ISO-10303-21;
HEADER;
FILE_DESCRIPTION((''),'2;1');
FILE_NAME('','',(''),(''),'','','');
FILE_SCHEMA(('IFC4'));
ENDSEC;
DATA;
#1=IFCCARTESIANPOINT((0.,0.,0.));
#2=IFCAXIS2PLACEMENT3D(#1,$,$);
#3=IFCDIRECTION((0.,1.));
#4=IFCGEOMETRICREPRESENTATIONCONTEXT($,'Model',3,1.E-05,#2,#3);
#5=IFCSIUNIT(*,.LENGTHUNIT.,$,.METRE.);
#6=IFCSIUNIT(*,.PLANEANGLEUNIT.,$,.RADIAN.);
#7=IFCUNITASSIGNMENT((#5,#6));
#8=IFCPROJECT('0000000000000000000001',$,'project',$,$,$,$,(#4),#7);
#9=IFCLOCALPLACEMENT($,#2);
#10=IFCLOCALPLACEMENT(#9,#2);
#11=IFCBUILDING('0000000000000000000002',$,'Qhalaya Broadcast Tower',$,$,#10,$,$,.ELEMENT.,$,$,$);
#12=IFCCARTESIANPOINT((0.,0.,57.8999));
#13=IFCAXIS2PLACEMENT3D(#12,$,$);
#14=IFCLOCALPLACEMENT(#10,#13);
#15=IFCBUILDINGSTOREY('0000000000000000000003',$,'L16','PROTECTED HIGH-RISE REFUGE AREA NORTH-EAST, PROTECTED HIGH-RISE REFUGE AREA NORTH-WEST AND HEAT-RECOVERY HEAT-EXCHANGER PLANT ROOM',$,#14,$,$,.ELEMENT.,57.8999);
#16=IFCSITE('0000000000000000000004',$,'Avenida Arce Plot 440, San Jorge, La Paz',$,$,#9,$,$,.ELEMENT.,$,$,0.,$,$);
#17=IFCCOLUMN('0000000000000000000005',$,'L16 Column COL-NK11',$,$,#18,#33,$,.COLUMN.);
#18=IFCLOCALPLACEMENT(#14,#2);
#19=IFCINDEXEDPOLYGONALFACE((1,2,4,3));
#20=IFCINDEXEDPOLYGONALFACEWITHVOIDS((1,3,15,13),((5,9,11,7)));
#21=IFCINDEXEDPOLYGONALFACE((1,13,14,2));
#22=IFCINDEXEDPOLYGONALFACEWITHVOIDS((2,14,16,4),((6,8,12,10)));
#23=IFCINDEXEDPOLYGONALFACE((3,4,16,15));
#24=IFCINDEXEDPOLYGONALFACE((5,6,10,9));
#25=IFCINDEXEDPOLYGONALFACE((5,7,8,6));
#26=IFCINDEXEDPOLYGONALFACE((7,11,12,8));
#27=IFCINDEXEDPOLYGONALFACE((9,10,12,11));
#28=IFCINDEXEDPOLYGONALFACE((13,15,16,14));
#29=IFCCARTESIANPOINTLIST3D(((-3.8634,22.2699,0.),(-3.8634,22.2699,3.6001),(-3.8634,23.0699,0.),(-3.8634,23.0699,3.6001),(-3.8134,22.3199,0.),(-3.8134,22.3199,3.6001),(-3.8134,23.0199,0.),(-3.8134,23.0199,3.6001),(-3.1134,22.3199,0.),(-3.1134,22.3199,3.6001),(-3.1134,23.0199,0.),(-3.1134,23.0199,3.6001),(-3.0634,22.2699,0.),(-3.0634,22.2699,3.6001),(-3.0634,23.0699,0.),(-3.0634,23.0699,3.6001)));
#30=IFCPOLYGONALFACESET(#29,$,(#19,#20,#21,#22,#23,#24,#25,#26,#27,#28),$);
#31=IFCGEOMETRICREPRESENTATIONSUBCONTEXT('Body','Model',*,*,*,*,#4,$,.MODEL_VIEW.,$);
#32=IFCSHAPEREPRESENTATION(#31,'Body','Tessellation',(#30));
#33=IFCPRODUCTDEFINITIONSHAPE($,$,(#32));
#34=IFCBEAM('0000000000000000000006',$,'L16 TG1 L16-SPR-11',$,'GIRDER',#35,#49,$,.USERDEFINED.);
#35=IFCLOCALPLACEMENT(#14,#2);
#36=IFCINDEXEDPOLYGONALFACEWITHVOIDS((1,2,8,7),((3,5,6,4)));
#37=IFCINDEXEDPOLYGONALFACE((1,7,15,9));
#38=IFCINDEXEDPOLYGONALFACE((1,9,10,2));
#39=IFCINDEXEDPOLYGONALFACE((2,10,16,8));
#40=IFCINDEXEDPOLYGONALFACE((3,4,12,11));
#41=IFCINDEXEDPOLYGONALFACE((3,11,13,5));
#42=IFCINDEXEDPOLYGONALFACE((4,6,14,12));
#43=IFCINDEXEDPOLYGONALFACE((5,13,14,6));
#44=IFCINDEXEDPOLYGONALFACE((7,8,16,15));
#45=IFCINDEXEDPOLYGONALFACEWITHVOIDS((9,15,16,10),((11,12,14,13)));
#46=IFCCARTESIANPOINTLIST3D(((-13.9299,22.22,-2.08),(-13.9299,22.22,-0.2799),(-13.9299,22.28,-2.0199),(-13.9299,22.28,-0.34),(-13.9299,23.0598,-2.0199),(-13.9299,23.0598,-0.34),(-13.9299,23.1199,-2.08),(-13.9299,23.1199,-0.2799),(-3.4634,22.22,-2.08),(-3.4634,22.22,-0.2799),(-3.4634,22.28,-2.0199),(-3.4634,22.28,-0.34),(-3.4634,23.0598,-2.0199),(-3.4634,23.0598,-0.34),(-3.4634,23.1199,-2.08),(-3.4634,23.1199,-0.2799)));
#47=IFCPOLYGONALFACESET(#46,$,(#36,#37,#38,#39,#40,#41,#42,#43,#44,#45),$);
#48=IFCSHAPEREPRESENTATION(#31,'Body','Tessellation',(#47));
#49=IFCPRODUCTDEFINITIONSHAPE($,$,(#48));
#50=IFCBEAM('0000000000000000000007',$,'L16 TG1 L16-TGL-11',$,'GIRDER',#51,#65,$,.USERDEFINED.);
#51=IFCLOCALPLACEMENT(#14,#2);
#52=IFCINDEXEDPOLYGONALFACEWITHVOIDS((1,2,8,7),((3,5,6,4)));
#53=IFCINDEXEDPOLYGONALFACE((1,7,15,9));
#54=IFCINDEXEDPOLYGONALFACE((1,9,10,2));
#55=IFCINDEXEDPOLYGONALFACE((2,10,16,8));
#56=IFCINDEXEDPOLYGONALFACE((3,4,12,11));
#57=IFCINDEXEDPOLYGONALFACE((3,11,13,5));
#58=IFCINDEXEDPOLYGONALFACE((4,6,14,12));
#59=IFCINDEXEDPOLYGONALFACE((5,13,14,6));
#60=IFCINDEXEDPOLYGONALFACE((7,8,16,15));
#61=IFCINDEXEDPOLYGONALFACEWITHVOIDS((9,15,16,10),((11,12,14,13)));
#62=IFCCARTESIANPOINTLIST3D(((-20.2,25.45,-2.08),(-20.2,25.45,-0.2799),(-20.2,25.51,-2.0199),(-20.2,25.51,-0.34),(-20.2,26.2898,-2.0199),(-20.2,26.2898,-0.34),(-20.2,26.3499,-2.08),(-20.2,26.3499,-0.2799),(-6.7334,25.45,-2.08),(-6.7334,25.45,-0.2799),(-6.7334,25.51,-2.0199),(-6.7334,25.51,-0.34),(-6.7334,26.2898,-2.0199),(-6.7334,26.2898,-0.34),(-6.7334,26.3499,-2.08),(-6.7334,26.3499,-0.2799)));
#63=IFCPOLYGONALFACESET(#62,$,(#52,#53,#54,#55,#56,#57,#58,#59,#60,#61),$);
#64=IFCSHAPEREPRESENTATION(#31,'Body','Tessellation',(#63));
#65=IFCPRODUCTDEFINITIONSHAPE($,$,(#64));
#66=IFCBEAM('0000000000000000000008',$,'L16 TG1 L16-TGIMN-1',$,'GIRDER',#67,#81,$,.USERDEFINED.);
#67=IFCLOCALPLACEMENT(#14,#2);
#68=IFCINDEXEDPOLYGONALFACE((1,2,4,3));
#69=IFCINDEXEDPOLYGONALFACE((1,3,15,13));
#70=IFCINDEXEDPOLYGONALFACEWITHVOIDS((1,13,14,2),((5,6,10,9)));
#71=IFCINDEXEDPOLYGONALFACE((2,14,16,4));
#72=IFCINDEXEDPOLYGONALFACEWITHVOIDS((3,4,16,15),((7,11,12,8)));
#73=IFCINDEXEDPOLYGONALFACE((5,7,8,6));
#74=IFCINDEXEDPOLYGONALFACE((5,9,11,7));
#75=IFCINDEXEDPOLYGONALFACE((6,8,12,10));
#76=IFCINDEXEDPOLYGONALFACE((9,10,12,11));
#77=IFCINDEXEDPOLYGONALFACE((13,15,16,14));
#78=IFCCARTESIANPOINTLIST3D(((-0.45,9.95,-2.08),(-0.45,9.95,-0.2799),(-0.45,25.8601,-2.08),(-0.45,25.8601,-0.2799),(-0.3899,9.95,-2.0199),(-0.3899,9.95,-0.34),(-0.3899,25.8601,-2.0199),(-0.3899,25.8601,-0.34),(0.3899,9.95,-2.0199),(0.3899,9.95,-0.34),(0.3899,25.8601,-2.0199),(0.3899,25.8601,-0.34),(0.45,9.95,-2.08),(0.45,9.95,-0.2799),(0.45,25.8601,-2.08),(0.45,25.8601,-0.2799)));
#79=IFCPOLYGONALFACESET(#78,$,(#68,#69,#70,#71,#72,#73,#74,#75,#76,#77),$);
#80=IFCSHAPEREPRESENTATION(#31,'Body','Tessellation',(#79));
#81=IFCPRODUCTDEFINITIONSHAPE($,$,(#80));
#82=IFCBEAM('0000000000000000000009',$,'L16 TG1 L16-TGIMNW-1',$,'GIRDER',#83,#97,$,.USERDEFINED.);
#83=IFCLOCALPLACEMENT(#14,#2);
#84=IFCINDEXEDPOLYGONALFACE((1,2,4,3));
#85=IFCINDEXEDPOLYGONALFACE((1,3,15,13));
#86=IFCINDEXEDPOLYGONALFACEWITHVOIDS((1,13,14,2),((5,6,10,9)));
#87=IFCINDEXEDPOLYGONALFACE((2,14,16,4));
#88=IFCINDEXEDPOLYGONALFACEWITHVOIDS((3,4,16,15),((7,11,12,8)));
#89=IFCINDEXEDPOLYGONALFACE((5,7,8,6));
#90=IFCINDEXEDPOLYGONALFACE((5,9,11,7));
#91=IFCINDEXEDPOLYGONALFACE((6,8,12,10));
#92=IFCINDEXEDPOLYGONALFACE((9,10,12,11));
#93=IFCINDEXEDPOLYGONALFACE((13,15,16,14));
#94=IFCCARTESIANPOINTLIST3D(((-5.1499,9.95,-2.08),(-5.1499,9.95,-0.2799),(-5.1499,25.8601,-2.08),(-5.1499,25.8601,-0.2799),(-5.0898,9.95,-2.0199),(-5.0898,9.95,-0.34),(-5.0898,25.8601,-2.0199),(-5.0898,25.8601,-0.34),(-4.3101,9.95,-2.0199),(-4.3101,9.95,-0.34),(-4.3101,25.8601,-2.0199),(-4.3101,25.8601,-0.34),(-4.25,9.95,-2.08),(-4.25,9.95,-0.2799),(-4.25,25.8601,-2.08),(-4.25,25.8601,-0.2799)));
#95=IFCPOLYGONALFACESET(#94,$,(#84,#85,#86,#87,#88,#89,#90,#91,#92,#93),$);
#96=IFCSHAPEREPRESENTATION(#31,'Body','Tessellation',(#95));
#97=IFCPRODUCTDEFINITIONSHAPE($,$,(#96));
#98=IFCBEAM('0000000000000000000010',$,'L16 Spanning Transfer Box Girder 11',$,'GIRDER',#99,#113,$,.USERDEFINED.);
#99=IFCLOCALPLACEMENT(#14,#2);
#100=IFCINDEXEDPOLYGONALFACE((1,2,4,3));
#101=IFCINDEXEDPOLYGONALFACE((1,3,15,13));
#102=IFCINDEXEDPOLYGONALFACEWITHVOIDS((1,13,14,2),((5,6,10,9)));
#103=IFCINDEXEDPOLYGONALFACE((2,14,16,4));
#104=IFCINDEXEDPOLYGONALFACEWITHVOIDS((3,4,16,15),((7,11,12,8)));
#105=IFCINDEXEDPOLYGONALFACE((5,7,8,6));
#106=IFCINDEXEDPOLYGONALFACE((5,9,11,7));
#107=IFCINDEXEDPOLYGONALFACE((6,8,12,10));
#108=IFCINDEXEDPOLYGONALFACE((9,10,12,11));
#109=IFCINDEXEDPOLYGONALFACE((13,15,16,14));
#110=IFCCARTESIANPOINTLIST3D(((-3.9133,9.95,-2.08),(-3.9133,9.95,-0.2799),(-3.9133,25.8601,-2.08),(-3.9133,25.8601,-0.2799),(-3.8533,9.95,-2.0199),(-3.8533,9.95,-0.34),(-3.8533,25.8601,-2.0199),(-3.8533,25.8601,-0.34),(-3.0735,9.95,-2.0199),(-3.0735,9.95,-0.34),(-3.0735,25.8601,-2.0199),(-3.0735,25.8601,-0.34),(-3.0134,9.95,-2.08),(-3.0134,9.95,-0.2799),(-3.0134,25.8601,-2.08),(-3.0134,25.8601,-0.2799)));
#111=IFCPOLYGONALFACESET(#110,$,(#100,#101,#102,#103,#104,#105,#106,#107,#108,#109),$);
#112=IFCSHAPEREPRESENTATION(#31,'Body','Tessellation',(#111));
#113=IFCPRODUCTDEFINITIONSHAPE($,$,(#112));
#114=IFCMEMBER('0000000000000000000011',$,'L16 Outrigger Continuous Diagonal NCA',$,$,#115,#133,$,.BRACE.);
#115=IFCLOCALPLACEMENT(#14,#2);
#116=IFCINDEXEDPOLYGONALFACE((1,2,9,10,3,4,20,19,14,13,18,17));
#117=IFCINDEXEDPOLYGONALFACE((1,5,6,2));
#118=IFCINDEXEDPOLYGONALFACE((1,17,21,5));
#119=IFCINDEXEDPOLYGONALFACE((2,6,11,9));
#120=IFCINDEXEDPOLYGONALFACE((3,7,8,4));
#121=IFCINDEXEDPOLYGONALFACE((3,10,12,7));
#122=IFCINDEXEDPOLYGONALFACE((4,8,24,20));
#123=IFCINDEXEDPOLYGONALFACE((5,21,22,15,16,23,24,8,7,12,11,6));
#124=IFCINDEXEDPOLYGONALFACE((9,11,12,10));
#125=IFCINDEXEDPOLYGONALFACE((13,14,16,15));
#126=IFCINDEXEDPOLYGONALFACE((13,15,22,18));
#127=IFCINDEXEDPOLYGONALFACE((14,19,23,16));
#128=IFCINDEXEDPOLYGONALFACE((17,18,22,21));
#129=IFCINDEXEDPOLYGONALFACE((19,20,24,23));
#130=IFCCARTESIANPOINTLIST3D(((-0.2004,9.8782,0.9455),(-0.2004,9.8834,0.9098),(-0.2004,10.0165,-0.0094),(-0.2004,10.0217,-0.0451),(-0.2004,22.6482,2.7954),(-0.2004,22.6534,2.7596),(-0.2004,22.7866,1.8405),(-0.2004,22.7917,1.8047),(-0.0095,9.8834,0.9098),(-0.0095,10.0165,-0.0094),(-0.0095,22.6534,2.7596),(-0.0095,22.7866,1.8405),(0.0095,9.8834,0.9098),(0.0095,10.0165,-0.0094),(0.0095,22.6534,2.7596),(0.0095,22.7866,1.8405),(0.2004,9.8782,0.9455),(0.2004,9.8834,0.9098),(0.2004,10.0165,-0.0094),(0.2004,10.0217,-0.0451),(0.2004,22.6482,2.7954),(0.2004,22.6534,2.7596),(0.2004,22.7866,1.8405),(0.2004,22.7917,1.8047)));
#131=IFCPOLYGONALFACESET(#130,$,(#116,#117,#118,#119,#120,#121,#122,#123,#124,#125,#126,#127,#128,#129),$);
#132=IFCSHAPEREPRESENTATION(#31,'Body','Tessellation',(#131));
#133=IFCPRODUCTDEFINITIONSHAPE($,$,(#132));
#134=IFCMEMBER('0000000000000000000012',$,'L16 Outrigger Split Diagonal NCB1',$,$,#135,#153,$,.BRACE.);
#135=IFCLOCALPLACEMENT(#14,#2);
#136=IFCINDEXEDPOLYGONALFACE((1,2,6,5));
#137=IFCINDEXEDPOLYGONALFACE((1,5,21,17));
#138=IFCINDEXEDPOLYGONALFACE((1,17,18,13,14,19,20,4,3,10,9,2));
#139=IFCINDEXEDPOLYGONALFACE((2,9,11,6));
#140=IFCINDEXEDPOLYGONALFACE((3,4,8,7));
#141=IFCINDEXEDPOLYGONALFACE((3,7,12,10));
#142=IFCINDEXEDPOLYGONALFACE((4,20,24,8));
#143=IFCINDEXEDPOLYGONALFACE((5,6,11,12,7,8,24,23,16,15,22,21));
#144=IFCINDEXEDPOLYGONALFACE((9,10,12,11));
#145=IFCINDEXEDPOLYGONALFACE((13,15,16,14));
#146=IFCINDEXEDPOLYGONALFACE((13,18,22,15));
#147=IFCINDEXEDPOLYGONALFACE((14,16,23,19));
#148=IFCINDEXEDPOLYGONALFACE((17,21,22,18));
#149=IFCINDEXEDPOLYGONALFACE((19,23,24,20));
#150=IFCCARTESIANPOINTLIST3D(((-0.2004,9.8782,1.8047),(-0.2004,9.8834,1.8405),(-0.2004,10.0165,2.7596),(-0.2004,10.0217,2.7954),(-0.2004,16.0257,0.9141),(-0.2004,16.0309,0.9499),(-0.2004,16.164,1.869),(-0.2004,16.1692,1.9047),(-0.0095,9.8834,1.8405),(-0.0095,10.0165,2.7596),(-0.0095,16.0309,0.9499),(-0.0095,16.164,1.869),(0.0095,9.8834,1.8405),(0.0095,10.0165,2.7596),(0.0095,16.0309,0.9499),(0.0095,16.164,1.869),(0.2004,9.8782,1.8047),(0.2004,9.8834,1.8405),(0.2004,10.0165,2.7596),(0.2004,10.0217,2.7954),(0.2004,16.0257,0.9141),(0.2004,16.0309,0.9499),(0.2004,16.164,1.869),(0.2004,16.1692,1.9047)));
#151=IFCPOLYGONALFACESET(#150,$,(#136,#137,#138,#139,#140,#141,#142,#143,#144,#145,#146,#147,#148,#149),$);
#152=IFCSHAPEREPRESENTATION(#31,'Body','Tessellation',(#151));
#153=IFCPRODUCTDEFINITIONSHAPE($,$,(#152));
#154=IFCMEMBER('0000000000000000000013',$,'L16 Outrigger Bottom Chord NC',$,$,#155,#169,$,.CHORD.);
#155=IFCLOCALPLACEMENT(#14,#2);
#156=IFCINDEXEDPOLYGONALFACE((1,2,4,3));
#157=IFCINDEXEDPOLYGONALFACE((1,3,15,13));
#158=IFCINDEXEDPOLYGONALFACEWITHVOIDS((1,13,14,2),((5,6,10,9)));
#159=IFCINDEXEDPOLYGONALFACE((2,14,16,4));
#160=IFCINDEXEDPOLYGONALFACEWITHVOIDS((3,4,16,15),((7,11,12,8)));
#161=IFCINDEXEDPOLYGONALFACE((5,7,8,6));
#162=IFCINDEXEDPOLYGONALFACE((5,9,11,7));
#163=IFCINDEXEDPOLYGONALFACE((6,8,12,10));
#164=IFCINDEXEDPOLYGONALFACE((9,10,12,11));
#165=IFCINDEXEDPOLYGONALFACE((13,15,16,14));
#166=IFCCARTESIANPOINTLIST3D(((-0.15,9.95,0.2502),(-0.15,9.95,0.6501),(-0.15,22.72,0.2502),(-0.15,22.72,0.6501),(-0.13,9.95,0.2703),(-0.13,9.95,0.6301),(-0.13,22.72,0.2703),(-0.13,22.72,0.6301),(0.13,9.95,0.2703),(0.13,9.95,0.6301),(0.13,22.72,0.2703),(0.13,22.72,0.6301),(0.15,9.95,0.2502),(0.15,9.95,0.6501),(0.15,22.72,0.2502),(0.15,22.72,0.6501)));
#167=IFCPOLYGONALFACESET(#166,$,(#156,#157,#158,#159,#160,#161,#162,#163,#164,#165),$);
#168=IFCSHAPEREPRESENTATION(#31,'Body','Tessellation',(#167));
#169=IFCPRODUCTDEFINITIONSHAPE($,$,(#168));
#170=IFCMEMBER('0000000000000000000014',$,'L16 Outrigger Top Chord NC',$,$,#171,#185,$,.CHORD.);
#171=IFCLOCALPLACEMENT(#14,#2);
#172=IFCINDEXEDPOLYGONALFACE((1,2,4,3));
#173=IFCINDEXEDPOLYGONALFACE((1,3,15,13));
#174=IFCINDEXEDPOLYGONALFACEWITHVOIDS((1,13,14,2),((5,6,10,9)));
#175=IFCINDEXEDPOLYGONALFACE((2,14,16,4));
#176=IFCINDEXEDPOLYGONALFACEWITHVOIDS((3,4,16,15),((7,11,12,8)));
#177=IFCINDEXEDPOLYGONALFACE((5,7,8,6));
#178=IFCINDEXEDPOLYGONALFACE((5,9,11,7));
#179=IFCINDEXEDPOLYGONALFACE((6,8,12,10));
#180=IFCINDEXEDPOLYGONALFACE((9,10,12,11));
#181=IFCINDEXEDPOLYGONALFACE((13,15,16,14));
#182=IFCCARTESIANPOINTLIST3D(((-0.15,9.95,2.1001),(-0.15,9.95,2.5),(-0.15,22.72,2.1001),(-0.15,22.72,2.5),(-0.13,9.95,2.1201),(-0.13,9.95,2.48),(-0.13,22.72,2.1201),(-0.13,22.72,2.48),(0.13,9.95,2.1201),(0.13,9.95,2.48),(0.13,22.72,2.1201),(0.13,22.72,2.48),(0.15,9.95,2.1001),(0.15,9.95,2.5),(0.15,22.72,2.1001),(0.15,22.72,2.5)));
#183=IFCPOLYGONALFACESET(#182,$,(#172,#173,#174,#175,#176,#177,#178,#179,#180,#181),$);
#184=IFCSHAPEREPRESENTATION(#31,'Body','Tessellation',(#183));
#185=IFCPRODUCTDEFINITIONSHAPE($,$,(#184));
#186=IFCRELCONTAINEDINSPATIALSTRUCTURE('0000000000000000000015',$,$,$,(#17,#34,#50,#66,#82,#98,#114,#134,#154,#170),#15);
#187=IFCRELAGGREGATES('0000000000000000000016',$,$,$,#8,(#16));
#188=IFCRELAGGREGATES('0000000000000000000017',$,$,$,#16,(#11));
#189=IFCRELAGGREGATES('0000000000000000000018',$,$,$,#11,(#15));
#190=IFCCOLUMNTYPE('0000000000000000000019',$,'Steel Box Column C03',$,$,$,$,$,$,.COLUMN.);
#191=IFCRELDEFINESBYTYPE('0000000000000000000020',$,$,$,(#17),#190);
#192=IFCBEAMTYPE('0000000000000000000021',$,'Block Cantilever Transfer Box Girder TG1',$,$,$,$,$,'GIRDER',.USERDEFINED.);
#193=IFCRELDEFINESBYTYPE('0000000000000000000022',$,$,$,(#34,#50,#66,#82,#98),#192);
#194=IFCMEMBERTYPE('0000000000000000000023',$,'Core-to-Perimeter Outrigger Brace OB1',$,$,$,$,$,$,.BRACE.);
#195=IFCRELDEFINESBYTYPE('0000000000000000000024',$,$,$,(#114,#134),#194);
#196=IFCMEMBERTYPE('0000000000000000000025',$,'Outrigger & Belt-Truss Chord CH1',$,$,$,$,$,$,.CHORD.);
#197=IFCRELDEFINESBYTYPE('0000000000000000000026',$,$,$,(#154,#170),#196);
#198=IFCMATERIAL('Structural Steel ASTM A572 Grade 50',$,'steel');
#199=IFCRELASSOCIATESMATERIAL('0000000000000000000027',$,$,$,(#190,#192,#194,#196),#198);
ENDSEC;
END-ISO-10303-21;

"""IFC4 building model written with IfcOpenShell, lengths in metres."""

from ifc_helpers import new_model, si_unit, direction, frame, origin, origin_2d, place, context, subcontext, project, spatial, hollow_rectangle, i_section, extrude, material, material_profile, profile_set, type_object, element, save


model = new_model("IFC4")

# Units and contexts
model_context = context("Model", 3, precision=1e-05, world=origin(), true_north=direction((0.0, 1.0)))
body_context = subcontext(model_context, "Body", "Model", "MODEL_VIEW")
ifc_project = project(units=[si_unit("LENGTHUNIT", "METRE"), si_unit("PLANEANGLEUNIT", "RADIAN")], contexts=[model_context])

# Site, building, storey
site_placement = place(None, origin())
site = spatial("IfcSite", under=ifc_project, at=site_placement, Name="Avenida Arce Plot 440, San Jorge, La Paz", CompositionType="ELEMENT", RefElevation=0.0)
building_placement = place(site_placement, origin())
building = spatial("IfcBuilding", under=site, at=building_placement, Name="Qhalaya Broadcast Tower", CompositionType="ELEMENT")
storey_placement = place(building_placement, frame((0.0, 0.0, 57.8999)))
storey = spatial("IfcBuildingStorey", under=building, at=storey_placement, Name="L16", Description="PROTECTED HIGH-RISE REFUGE AREA NORTH-EAST, PROTECTED HIGH-RISE REFUGE AREA NORTH-WEST AND HEAT-RECOVERY HEAT-EXCHANGER PLANT ROOM", CompositionType="ELEMENT", Elevation=57.8999)

# Column
ifc_material_1 = material(Name="Structural Steel ASTM A572 Grade 50", Category="steel")
ifc_material_profile_1 = material_profile(ifc_material_1, hollow_rectangle(XDim=0.8, YDim=0.8, WallThickness=0.05, at=origin_2d()), Name="BOX 800x800x50")
ifc_profile_set_1 = profile_set([ifc_material_profile_1], Name="Structural Steel ASTM A572 Grade 50")
column_type = type_object("IfcColumnType", Name="Steel Box Column C03", PredefinedType="COLUMN", material=ifc_profile_set_1)
column_placement = place(storey_placement, frame((-3.4634, 22.6699, 0.0), z_axis=(0.0, 0.0, 1.0), x_axis=(1.0, 0.0, 0.0)))
element("IfcColumn", 1, at=column_placement, inside=storey, type_object=column_type, Name="L16 Column COL-NK11", PredefinedType="COLUMN", context=body_context, shape_type="SweptSolid", body=[
    extrude(hollow_rectangle(XDim=0.8, YDim=0.8, WallThickness=0.05, at=origin_2d()), origin(), (0.0, 0.0, 1.0), 3.6001),
])

# Beams
ifc_material_profile_2 = material_profile(ifc_material_1, hollow_rectangle(XDim=0.8999, YDim=1.8, WallThickness=0.0601, at=origin_2d()), Name="BOX 900x1800x60")
ifc_profile_set_2 = profile_set([ifc_material_profile_2], Name="Structural Steel ASTM A572 Grade 50")
beam_type_1 = type_object("IfcBeamType", Name="Block Cantilever Transfer Box Girder TG1", ElementType="GIRDER", PredefinedType="USERDEFINED", material=ifc_profile_set_2)
beam_1_placement = place(storey_placement, frame((-3.4634, 22.6699, -1.1799), z_axis=(-1.0, 0.0, 0.0), x_axis=(0.0, -1.0, 0.0)))
element("IfcBeam", 2, at=beam_1_placement, inside=storey, type_object=beam_type_1, Name="L16 TG1 L16-SPR-11", ObjectType="GIRDER", PredefinedType="USERDEFINED", context=body_context, shape_type="SweptSolid", body=[
    extrude(hollow_rectangle(XDim=0.8999, YDim=1.8, WallThickness=0.0601, at=origin_2d()), origin(), (0.0, 0.0, 1.0), 10.4666),
])
beam_2_placement = place(storey_placement, frame((-6.7334, 25.8999, -1.1799), z_axis=(-1.0, 0.0, 0.0), x_axis=(0.0, -1.0, 0.0)))
element("IfcBeam", 3, at=beam_2_placement, inside=storey, type_object=beam_type_1, Name="L16 TG1 L16-TGL-11", ObjectType="GIRDER", PredefinedType="USERDEFINED", context=body_context, shape_type="SweptSolid", body=[
    extrude(hollow_rectangle(XDim=0.8999, YDim=1.8, WallThickness=0.0601, at=origin_2d()), origin(), (0.0, 0.0, 1.0), 13.4666),
])
for number, where, z_axis, x_axis, name in (
    (4, (0.0, 9.95, -1.1799), (0.0, 1.0, 0.0), (-1.0, 0.0, 0.0), "L16 TG1 L16-TGIMN-1"),
    (5, (-4.7, 9.95, -1.1799), (0.0, 1.0, 0.0), (-1.0, 0.0, 0.0), "L16 TG1 L16-TGIMNW-1"),
    (6, (-3.4634, 9.95, -1.1799), (0.0, 1.0, 0.0), (-1.0, 0.0, 0.0), "L16 Spanning Transfer Box Girder 11"),
):
    element("IfcBeam", number, at=place(storey_placement, frame(where, z_axis=z_axis, x_axis=x_axis)), inside=storey, type_object=beam_type_1, Name=name, ObjectType="GIRDER", PredefinedType="USERDEFINED", context=body_context, shape_type="SweptSolid", body=[
        extrude(hollow_rectangle(XDim=0.8999, YDim=1.8, WallThickness=0.0601, at=origin_2d()), origin(), (0.0, 0.0, 1.0), 15.9102),
    ])

# Members
ifc_material_profile_3 = material_profile(ifc_material_1, i_section(OverallWidth=0.4009, OverallDepth=1.001, WebThickness=0.019, FlangeThickness=0.0361, at=origin_2d()), Name="W40X249")
ifc_profile_set_3 = profile_set([ifc_material_profile_3], Name="Structural Steel ASTM A572 Grade 50")
member_type_1 = type_object("IfcMemberType", Name="Core-to-Perimeter Outrigger Brace OB1", PredefinedType="BRACE", material=ifc_profile_set_3)
member_1_placement = place(storey_placement, frame((0.0, 9.95, 0.4502), z_axis=(0.0, 0.98967, 0.143363), x_axis=(-1.0, 0.0, 0.0)))
element("IfcMember", 7, at=member_1_placement, inside=storey, type_object=member_type_1, Name="L16 Outrigger Continuous Diagonal NCA", PredefinedType="BRACE", context=body_context, shape_type="SweptSolid", body=[
    extrude(i_section(OverallWidth=0.4009, OverallDepth=1.001, WebThickness=0.019, FlangeThickness=0.0361, at=origin_2d()), origin(), (0.0, 0.0, 1.0), 12.9033),
])
member_2_placement = place(storey_placement, frame((0.0, 9.95, 2.3), z_axis=(0.0, 0.989668, -0.14338), x_axis=(-1.0, 0.0, 0.0)))
element("IfcMember", 8, at=member_2_placement, inside=storey, type_object=member_type_1, Name="L16 Outrigger Split Diagonal NCB1", PredefinedType="BRACE", context=body_context, shape_type="SweptSolid", body=[
    extrude(i_section(OverallWidth=0.4009, OverallDepth=1.001, WebThickness=0.019, FlangeThickness=0.0361, at=origin_2d()), origin(), (0.0, 0.0, 1.0), 6.2117),
])
ifc_material_profile_4 = material_profile(ifc_material_1, hollow_rectangle(XDim=0.3, YDim=0.3999, WallThickness=0.02, at=origin_2d()), Name="HSS 300x400x20")
ifc_profile_set_4 = profile_set([ifc_material_profile_4], Name="Structural Steel ASTM A572 Grade 50")
member_type_2 = type_object("IfcMemberType", Name="Outrigger & Belt-Truss Chord CH1", PredefinedType="CHORD", material=ifc_profile_set_4)
for number, where, z_axis, x_axis, name in (
    (9, (0.0, 9.95, 0.4502), (0.0, 1.0, 0.0), (-1.0, 0.0, 0.0), "L16 Outrigger Bottom Chord NC"),
    (10, (0.0, 9.95, 2.3), (0.0, 1.0, 0.0), (-1.0, 0.0, 0.0), "L16 Outrigger Top Chord NC"),
):
    element("IfcMember", number, at=place(storey_placement, frame(where, z_axis=z_axis, x_axis=x_axis)), inside=storey, type_object=member_type_2, Name=name, PredefinedType="CHORD", context=body_context, shape_type="SweptSolid", body=[
        extrude(hollow_rectangle(XDim=0.3, YDim=0.3999, WallThickness=0.02, at=origin_2d()), origin(), (0.0, 0.0, 1.0), 12.77),
    ])

save(model, "model.ifc")
